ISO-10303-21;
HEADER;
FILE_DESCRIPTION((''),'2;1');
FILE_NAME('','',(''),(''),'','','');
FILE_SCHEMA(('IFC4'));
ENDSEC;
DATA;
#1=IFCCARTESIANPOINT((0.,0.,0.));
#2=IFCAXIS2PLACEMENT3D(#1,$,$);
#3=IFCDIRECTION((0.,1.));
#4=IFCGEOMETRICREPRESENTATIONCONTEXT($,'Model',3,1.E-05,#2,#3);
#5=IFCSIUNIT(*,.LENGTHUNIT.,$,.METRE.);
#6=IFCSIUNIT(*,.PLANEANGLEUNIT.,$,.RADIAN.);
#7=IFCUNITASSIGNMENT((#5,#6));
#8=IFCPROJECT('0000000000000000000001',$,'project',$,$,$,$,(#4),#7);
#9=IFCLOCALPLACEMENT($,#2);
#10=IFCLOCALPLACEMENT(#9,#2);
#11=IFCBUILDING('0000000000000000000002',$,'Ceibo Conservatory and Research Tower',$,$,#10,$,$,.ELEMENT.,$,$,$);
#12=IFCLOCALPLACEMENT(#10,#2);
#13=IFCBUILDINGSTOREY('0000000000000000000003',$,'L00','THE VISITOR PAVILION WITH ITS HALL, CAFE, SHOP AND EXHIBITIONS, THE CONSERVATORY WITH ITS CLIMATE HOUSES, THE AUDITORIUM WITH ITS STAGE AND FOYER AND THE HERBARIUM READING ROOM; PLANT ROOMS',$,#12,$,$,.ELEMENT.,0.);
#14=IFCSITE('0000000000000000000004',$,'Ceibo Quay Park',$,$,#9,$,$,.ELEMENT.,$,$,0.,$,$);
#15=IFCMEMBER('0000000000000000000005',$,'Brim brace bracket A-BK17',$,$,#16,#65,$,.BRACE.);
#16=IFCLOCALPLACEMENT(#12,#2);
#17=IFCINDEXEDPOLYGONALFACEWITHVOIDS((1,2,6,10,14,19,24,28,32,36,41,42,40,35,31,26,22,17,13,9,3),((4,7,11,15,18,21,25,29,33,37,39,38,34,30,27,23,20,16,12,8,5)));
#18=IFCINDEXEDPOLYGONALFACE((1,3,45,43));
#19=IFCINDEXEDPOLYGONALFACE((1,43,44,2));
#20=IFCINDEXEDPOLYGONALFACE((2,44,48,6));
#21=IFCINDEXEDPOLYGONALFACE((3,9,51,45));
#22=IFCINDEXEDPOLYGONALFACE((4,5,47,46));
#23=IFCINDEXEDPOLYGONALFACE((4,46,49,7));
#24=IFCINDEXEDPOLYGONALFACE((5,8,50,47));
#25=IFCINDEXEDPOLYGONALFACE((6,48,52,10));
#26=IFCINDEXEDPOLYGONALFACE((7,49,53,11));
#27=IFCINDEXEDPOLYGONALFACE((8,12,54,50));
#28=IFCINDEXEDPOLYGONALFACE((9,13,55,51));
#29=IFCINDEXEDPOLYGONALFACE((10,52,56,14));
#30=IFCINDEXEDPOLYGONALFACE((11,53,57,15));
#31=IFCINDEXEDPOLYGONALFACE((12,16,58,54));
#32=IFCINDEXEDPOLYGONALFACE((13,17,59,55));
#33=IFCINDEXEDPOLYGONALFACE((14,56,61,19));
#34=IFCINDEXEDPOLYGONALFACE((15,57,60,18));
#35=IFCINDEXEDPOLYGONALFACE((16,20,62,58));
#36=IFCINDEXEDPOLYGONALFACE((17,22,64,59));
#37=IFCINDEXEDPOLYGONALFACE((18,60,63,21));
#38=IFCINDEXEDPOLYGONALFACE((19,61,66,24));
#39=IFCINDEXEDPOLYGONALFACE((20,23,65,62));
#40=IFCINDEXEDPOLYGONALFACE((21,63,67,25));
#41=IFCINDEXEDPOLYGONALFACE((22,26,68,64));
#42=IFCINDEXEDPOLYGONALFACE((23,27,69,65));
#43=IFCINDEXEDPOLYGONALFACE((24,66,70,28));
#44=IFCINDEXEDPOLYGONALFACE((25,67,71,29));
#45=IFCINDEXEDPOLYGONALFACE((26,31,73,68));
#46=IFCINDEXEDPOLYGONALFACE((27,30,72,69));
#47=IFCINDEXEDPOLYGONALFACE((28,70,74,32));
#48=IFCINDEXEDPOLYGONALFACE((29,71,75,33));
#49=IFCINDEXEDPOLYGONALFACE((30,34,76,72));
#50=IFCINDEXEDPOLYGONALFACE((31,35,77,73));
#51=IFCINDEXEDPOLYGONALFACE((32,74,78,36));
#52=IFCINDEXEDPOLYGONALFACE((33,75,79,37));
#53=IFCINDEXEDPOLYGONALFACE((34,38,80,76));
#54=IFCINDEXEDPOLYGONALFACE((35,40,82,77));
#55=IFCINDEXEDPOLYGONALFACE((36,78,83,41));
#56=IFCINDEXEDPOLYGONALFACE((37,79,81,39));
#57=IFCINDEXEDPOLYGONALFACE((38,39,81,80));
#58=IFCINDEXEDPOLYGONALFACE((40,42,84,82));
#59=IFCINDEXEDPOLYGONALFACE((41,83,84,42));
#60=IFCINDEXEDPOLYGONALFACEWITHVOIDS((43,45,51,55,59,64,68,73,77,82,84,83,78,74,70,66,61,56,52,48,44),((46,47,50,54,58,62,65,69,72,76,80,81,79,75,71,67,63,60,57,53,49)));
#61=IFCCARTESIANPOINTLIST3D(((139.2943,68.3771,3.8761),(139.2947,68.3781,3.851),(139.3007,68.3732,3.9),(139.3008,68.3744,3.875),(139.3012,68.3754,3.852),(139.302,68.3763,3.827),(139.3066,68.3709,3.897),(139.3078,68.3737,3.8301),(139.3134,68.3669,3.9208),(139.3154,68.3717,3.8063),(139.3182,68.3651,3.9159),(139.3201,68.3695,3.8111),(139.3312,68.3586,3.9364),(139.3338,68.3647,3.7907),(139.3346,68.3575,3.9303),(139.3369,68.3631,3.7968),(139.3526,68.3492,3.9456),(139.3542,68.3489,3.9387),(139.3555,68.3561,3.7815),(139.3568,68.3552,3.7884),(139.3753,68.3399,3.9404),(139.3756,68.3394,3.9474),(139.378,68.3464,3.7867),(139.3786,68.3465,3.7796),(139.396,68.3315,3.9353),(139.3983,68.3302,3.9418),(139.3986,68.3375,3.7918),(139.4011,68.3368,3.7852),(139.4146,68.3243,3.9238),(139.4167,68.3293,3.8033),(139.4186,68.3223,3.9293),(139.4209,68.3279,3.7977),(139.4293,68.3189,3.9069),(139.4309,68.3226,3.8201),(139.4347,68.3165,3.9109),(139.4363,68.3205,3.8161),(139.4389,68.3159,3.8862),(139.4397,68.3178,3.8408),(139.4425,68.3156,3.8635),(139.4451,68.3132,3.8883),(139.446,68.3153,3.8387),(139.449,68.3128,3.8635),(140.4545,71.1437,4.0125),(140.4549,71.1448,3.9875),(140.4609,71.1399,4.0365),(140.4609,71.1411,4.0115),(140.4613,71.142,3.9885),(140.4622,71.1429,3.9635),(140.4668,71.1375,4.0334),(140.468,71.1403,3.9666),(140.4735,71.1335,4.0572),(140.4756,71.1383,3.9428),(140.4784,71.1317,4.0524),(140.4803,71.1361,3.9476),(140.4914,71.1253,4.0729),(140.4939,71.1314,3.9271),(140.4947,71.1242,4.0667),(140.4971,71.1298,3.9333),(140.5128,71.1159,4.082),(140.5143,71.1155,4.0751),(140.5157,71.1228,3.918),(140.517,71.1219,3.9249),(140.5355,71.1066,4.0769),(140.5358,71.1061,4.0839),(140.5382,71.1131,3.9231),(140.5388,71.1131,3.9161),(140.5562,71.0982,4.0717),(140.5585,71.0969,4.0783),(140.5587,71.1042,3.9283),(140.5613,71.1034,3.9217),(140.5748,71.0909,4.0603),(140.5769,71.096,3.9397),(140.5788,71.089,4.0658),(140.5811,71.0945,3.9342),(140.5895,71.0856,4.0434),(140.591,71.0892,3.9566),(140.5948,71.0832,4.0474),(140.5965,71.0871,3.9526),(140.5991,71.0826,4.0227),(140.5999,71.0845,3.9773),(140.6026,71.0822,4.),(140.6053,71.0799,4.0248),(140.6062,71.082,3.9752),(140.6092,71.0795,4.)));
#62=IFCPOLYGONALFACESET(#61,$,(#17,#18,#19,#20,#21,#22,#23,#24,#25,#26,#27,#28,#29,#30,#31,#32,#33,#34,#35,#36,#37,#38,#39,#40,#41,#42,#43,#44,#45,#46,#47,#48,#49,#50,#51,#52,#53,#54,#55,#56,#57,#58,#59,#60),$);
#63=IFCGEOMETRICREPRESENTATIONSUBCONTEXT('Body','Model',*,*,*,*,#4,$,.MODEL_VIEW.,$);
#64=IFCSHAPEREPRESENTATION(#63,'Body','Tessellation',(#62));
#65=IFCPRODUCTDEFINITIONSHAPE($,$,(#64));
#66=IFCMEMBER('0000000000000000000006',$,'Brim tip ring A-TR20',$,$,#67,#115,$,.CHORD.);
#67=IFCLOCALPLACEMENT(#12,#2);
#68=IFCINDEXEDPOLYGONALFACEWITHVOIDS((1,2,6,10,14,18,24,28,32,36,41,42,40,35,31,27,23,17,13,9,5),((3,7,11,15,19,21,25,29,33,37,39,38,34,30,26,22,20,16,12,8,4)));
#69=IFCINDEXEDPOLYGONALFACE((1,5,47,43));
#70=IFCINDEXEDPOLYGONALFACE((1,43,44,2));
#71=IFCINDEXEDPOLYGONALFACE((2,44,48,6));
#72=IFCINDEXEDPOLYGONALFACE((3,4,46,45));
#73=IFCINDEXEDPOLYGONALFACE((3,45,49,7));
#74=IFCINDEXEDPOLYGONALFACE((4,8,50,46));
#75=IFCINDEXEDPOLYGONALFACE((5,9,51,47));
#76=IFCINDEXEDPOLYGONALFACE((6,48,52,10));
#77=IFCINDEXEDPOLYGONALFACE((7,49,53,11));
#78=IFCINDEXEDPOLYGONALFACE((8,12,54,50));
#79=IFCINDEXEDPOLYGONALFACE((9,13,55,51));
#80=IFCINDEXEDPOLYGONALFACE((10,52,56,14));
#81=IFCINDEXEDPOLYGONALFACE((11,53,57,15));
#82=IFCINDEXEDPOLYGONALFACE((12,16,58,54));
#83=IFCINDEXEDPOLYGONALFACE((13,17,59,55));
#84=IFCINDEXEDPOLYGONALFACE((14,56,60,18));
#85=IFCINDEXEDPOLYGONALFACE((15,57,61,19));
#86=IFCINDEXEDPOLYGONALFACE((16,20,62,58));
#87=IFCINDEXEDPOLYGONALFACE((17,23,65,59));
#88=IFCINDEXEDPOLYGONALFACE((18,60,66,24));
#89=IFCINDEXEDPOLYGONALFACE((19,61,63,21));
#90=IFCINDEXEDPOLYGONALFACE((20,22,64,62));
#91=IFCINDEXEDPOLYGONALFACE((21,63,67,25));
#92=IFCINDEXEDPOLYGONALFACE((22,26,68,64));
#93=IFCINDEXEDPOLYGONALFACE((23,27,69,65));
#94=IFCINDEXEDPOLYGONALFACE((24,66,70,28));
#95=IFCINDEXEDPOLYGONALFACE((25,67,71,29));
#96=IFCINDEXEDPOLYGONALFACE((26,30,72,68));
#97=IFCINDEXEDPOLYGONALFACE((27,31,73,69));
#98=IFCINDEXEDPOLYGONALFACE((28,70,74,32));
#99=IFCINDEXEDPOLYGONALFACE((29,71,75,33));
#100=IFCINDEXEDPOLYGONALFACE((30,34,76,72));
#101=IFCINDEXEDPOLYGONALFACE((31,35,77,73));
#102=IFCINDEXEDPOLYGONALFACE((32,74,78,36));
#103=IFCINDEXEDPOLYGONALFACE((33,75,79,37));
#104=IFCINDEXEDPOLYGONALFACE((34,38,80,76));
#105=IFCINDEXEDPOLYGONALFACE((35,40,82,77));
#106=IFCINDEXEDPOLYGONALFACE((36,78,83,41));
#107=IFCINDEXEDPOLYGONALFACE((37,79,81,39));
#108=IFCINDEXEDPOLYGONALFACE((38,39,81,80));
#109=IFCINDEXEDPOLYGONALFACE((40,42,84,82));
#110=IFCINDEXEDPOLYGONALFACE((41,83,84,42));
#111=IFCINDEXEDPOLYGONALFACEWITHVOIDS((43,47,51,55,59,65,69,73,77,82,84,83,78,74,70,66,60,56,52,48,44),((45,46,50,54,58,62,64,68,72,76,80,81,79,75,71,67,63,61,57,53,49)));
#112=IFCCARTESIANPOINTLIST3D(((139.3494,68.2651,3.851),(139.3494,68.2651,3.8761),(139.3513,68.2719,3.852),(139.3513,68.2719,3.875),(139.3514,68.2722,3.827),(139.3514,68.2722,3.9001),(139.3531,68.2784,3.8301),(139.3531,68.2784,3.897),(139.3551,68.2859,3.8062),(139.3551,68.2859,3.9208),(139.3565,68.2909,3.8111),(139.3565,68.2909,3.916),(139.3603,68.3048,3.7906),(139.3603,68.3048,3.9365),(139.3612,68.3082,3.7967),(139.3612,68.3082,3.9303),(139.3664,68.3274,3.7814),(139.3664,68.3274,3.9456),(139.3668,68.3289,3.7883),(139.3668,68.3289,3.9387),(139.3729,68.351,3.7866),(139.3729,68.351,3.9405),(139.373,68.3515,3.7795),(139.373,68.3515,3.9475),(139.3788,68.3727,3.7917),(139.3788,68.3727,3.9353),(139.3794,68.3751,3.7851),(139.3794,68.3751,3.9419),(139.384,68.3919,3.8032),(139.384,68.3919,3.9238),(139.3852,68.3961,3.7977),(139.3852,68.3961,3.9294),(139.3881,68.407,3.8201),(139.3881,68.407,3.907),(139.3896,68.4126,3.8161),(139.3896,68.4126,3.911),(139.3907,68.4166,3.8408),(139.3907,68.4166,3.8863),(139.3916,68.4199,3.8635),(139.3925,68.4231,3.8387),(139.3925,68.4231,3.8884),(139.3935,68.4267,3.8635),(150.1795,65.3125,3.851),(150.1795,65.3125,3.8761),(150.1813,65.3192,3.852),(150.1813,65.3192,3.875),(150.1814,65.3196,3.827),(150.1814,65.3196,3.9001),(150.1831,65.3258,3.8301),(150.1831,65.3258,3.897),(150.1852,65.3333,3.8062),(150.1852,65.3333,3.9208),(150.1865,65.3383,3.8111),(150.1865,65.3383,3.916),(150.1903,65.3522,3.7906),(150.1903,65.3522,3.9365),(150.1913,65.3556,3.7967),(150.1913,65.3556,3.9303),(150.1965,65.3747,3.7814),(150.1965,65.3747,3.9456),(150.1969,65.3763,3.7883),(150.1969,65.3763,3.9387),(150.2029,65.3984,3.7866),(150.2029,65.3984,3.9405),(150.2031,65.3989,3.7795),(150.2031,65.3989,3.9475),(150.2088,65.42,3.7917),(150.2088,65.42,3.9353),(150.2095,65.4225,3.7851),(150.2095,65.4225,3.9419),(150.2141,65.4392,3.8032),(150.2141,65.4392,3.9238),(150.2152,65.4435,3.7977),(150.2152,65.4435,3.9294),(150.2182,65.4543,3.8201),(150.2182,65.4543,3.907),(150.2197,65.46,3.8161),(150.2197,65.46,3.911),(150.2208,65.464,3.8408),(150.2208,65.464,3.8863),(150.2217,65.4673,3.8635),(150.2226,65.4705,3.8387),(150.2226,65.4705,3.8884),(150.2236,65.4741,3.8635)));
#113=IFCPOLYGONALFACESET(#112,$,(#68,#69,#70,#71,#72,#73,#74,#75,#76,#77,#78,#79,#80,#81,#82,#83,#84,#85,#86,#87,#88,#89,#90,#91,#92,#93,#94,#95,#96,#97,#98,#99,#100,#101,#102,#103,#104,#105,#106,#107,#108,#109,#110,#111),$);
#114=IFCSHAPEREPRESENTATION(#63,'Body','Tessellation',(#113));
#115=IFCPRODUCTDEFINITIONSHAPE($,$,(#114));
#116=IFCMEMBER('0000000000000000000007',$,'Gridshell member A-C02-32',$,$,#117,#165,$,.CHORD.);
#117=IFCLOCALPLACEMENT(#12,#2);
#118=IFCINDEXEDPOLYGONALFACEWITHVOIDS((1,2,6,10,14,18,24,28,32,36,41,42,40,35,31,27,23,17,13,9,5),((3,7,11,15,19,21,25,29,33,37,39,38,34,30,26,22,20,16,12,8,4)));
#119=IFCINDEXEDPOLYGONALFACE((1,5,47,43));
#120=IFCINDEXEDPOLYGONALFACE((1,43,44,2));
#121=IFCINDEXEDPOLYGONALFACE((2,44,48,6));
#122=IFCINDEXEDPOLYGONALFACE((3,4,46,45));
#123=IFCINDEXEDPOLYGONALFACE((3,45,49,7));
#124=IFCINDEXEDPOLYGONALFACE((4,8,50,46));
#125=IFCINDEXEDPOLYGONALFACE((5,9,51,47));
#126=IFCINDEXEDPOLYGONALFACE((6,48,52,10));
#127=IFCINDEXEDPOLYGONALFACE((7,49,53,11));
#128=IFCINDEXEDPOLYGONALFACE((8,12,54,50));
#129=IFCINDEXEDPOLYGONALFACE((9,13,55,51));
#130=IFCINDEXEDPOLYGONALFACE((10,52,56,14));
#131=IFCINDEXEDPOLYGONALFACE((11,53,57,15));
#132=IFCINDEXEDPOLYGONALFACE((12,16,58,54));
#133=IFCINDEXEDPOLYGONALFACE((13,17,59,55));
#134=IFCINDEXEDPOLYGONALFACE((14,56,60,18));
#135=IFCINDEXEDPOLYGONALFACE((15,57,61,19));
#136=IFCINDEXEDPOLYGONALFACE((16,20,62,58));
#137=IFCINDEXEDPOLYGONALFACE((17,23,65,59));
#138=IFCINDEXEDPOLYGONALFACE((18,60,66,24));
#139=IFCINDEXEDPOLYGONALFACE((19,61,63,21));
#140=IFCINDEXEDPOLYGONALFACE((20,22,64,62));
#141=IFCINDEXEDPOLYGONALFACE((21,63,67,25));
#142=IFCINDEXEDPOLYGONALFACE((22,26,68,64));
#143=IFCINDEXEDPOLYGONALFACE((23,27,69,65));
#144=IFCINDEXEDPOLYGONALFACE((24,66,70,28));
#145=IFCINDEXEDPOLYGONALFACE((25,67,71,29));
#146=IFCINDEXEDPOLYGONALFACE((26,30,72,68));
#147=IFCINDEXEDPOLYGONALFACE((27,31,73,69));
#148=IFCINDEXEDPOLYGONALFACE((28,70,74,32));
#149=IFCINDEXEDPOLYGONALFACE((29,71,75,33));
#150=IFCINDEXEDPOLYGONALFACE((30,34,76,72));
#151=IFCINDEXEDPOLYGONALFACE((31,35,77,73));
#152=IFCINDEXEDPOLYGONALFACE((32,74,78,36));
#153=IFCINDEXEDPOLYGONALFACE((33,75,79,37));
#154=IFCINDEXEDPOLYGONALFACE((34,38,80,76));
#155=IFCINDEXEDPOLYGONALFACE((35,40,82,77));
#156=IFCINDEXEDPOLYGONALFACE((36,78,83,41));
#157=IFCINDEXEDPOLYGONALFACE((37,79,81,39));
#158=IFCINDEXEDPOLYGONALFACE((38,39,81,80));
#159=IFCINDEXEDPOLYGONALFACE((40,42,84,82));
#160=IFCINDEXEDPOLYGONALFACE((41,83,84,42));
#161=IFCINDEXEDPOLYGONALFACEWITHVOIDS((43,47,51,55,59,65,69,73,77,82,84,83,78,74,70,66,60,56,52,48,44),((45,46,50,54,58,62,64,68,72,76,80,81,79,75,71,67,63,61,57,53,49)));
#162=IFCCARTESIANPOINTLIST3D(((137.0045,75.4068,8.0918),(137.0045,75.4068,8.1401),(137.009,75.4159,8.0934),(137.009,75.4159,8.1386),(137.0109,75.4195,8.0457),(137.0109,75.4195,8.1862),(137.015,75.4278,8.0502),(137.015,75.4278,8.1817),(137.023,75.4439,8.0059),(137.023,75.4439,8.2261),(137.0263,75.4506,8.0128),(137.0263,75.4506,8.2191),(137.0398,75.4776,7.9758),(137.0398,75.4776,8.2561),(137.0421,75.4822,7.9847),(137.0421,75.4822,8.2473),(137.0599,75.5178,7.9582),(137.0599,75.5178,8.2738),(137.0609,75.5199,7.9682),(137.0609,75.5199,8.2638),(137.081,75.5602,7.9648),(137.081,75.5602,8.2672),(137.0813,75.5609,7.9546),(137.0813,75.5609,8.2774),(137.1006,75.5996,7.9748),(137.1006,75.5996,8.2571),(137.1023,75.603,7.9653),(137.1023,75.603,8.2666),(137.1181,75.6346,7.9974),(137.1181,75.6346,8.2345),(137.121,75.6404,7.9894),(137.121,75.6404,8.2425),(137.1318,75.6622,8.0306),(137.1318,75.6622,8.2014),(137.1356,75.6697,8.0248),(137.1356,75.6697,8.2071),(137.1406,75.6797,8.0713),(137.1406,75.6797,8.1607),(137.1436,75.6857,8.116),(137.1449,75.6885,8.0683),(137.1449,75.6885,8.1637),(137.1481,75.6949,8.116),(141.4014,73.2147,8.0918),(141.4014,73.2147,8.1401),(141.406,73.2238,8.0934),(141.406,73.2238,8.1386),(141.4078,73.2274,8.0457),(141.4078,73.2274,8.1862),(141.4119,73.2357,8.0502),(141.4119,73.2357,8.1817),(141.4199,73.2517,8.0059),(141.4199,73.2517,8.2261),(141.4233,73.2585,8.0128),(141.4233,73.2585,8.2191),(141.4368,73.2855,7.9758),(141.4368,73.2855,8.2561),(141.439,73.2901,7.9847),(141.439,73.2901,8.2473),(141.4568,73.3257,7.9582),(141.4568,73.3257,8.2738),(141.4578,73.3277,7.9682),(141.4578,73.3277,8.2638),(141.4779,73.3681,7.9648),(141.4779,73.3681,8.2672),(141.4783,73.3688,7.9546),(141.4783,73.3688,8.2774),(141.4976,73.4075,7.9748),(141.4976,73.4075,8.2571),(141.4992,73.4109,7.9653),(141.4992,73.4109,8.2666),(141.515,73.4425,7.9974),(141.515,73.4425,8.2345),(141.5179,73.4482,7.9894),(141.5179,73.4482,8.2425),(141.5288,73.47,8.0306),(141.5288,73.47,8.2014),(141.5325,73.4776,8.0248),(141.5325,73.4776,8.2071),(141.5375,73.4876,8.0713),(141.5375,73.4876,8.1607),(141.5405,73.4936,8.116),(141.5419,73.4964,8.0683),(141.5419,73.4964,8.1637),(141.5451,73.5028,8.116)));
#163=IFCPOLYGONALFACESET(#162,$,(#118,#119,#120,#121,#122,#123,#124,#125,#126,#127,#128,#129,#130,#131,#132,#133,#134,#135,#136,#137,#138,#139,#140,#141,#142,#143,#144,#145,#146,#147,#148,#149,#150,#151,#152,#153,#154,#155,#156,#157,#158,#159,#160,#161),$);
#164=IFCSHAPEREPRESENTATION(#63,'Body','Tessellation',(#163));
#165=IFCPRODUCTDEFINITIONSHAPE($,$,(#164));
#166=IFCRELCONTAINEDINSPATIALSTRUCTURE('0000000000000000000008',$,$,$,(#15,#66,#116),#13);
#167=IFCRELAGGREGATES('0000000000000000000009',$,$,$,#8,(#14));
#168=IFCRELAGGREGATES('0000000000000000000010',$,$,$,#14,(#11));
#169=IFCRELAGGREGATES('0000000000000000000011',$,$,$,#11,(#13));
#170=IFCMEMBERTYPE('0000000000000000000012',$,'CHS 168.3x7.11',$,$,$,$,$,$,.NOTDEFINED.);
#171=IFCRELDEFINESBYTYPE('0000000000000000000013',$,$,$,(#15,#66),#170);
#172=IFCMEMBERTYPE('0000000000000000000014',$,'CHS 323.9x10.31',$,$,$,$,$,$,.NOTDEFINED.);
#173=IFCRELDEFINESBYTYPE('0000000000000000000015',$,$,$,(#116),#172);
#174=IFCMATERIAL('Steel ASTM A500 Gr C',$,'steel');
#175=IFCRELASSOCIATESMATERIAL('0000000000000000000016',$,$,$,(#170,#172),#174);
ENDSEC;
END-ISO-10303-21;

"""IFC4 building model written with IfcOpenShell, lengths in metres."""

from ifc_helpers import new_model, si_unit, direction, frame, origin, origin_2d, place, context, subcontext, project, spatial, hollow_circle, extrude, material, material_profile, profile_set, type_object, element, save


model = new_model("IFC4")

# Units and contexts
model_context = context("Model", 3, precision=1e-05, world=origin(), true_north=direction((0.0, 1.0)))
body_context = subcontext(model_context, "Body", "Model", "MODEL_VIEW")
ifc_project = project(units=[si_unit("LENGTHUNIT", "METRE"), si_unit("PLANEANGLEUNIT", "RADIAN")], contexts=[model_context])

# Site, building, storey
site_placement = place(None, origin())
site = spatial("IfcSite", under=ifc_project, at=site_placement, Name="Ceibo Quay Park", CompositionType="ELEMENT", RefElevation=0.0)
building_placement = place(site_placement, origin())
building = spatial("IfcBuilding", under=site, at=building_placement, Name="Ceibo Conservatory and Research Tower", CompositionType="ELEMENT")
storey_placement = place(building_placement, origin())
storey = spatial("IfcBuildingStorey", under=building, at=storey_placement, Name="L00", Description="THE VISITOR PAVILION WITH ITS HALL, CAFE, SHOP AND EXHIBITIONS, THE CONSERVATORY WITH ITS CLIMATE HOUSES, THE AUDITORIUM WITH ITS STAGE AND FOYER AND THE HERBARIUM READING ROOM; PLANT ROOMS", CompositionType="ELEMENT", Elevation=0.0)

# Members
ifc_material_1 = material(Name="Steel ASTM A500 Gr C", Category="steel")
ifc_material_profile_1 = material_profile(ifc_material_1, hollow_circle(Radius=0.0842, WallThickness=0.0071, at=origin_2d()), Name="CHS 168.3x7.11")
ifc_profile_set_1 = profile_set([ifc_material_profile_1], Name="Steel ASTM A500 Gr C")
member_type_1 = type_object("IfcMemberType", Name="CHS 168.3x7.11", PredefinedType="NOTDEFINED", material=ifc_profile_set_1)
member_1_placement = place(storey_placement, frame((140.5315, 71.1121, 4.0), z_axis=(-0.386318, -0.921245, -0.045444), x_axis=(0.922198, -0.386718, 0.0)))
element("IfcMember", 1, at=member_1_placement, inside=storey, type_object=member_type_1, Name="Brim brace bracket A-BK17", PredefinedType="BRACE", context=body_context, shape_type="SweptSolid", body=[
    extrude(hollow_circle(Radius=0.0842, WallThickness=0.0071, at=origin_2d()), origin(), (0.0, 0.0, 1.0), 3.0032),
])
member_2_placement = place(storey_placement, frame((139.3713, 68.3455, 3.8635), z_axis=(0.964787, -0.263033, 0.0), x_axis=(0.263033, 0.964787, 0.0)))
element("IfcMember", 2, at=member_2_placement, inside=storey, type_object=member_type_1, Name="Brim tip ring A-TR20", PredefinedType="CHORD", context=body_context, shape_type="SweptSolid", body=[
    extrude(hollow_circle(Radius=0.0842, WallThickness=0.0071, at=origin_2d()), origin(), (0.0, 0.0, 1.0), 11.2253),
])
ifc_material_profile_2 = material_profile(ifc_material_1, hollow_circle(Radius=0.1619, WallThickness=0.0103, at=origin_2d()), Name="CHS 323.9x10.31")
ifc_profile_set_2 = profile_set([ifc_material_profile_2], Name="Steel ASTM A500 Gr C")
member_type_2 = type_object("IfcMemberType", Name="CHS 323.9x10.31", PredefinedType="NOTDEFINED", material=ifc_profile_set_2)
member_3_placement = place(storey_placement, frame((137.0759, 75.55, 8.116), z_axis=(0.894943, -0.44618, 0.0), x_axis=(0.44618, 0.894943, 0.0)))
element("IfcMember", 3, at=member_3_placement, inside=storey, type_object=member_type_2, Name="Gridshell member A-C02-32", PredefinedType="CHORD", context=body_context, shape_type="SweptSolid", body=[
    extrude(hollow_circle(Radius=0.1619, WallThickness=0.0103, at=origin_2d()), origin(), (0.0, 0.0, 1.0), 4.9131),
])

save(model, "model.ifc")
